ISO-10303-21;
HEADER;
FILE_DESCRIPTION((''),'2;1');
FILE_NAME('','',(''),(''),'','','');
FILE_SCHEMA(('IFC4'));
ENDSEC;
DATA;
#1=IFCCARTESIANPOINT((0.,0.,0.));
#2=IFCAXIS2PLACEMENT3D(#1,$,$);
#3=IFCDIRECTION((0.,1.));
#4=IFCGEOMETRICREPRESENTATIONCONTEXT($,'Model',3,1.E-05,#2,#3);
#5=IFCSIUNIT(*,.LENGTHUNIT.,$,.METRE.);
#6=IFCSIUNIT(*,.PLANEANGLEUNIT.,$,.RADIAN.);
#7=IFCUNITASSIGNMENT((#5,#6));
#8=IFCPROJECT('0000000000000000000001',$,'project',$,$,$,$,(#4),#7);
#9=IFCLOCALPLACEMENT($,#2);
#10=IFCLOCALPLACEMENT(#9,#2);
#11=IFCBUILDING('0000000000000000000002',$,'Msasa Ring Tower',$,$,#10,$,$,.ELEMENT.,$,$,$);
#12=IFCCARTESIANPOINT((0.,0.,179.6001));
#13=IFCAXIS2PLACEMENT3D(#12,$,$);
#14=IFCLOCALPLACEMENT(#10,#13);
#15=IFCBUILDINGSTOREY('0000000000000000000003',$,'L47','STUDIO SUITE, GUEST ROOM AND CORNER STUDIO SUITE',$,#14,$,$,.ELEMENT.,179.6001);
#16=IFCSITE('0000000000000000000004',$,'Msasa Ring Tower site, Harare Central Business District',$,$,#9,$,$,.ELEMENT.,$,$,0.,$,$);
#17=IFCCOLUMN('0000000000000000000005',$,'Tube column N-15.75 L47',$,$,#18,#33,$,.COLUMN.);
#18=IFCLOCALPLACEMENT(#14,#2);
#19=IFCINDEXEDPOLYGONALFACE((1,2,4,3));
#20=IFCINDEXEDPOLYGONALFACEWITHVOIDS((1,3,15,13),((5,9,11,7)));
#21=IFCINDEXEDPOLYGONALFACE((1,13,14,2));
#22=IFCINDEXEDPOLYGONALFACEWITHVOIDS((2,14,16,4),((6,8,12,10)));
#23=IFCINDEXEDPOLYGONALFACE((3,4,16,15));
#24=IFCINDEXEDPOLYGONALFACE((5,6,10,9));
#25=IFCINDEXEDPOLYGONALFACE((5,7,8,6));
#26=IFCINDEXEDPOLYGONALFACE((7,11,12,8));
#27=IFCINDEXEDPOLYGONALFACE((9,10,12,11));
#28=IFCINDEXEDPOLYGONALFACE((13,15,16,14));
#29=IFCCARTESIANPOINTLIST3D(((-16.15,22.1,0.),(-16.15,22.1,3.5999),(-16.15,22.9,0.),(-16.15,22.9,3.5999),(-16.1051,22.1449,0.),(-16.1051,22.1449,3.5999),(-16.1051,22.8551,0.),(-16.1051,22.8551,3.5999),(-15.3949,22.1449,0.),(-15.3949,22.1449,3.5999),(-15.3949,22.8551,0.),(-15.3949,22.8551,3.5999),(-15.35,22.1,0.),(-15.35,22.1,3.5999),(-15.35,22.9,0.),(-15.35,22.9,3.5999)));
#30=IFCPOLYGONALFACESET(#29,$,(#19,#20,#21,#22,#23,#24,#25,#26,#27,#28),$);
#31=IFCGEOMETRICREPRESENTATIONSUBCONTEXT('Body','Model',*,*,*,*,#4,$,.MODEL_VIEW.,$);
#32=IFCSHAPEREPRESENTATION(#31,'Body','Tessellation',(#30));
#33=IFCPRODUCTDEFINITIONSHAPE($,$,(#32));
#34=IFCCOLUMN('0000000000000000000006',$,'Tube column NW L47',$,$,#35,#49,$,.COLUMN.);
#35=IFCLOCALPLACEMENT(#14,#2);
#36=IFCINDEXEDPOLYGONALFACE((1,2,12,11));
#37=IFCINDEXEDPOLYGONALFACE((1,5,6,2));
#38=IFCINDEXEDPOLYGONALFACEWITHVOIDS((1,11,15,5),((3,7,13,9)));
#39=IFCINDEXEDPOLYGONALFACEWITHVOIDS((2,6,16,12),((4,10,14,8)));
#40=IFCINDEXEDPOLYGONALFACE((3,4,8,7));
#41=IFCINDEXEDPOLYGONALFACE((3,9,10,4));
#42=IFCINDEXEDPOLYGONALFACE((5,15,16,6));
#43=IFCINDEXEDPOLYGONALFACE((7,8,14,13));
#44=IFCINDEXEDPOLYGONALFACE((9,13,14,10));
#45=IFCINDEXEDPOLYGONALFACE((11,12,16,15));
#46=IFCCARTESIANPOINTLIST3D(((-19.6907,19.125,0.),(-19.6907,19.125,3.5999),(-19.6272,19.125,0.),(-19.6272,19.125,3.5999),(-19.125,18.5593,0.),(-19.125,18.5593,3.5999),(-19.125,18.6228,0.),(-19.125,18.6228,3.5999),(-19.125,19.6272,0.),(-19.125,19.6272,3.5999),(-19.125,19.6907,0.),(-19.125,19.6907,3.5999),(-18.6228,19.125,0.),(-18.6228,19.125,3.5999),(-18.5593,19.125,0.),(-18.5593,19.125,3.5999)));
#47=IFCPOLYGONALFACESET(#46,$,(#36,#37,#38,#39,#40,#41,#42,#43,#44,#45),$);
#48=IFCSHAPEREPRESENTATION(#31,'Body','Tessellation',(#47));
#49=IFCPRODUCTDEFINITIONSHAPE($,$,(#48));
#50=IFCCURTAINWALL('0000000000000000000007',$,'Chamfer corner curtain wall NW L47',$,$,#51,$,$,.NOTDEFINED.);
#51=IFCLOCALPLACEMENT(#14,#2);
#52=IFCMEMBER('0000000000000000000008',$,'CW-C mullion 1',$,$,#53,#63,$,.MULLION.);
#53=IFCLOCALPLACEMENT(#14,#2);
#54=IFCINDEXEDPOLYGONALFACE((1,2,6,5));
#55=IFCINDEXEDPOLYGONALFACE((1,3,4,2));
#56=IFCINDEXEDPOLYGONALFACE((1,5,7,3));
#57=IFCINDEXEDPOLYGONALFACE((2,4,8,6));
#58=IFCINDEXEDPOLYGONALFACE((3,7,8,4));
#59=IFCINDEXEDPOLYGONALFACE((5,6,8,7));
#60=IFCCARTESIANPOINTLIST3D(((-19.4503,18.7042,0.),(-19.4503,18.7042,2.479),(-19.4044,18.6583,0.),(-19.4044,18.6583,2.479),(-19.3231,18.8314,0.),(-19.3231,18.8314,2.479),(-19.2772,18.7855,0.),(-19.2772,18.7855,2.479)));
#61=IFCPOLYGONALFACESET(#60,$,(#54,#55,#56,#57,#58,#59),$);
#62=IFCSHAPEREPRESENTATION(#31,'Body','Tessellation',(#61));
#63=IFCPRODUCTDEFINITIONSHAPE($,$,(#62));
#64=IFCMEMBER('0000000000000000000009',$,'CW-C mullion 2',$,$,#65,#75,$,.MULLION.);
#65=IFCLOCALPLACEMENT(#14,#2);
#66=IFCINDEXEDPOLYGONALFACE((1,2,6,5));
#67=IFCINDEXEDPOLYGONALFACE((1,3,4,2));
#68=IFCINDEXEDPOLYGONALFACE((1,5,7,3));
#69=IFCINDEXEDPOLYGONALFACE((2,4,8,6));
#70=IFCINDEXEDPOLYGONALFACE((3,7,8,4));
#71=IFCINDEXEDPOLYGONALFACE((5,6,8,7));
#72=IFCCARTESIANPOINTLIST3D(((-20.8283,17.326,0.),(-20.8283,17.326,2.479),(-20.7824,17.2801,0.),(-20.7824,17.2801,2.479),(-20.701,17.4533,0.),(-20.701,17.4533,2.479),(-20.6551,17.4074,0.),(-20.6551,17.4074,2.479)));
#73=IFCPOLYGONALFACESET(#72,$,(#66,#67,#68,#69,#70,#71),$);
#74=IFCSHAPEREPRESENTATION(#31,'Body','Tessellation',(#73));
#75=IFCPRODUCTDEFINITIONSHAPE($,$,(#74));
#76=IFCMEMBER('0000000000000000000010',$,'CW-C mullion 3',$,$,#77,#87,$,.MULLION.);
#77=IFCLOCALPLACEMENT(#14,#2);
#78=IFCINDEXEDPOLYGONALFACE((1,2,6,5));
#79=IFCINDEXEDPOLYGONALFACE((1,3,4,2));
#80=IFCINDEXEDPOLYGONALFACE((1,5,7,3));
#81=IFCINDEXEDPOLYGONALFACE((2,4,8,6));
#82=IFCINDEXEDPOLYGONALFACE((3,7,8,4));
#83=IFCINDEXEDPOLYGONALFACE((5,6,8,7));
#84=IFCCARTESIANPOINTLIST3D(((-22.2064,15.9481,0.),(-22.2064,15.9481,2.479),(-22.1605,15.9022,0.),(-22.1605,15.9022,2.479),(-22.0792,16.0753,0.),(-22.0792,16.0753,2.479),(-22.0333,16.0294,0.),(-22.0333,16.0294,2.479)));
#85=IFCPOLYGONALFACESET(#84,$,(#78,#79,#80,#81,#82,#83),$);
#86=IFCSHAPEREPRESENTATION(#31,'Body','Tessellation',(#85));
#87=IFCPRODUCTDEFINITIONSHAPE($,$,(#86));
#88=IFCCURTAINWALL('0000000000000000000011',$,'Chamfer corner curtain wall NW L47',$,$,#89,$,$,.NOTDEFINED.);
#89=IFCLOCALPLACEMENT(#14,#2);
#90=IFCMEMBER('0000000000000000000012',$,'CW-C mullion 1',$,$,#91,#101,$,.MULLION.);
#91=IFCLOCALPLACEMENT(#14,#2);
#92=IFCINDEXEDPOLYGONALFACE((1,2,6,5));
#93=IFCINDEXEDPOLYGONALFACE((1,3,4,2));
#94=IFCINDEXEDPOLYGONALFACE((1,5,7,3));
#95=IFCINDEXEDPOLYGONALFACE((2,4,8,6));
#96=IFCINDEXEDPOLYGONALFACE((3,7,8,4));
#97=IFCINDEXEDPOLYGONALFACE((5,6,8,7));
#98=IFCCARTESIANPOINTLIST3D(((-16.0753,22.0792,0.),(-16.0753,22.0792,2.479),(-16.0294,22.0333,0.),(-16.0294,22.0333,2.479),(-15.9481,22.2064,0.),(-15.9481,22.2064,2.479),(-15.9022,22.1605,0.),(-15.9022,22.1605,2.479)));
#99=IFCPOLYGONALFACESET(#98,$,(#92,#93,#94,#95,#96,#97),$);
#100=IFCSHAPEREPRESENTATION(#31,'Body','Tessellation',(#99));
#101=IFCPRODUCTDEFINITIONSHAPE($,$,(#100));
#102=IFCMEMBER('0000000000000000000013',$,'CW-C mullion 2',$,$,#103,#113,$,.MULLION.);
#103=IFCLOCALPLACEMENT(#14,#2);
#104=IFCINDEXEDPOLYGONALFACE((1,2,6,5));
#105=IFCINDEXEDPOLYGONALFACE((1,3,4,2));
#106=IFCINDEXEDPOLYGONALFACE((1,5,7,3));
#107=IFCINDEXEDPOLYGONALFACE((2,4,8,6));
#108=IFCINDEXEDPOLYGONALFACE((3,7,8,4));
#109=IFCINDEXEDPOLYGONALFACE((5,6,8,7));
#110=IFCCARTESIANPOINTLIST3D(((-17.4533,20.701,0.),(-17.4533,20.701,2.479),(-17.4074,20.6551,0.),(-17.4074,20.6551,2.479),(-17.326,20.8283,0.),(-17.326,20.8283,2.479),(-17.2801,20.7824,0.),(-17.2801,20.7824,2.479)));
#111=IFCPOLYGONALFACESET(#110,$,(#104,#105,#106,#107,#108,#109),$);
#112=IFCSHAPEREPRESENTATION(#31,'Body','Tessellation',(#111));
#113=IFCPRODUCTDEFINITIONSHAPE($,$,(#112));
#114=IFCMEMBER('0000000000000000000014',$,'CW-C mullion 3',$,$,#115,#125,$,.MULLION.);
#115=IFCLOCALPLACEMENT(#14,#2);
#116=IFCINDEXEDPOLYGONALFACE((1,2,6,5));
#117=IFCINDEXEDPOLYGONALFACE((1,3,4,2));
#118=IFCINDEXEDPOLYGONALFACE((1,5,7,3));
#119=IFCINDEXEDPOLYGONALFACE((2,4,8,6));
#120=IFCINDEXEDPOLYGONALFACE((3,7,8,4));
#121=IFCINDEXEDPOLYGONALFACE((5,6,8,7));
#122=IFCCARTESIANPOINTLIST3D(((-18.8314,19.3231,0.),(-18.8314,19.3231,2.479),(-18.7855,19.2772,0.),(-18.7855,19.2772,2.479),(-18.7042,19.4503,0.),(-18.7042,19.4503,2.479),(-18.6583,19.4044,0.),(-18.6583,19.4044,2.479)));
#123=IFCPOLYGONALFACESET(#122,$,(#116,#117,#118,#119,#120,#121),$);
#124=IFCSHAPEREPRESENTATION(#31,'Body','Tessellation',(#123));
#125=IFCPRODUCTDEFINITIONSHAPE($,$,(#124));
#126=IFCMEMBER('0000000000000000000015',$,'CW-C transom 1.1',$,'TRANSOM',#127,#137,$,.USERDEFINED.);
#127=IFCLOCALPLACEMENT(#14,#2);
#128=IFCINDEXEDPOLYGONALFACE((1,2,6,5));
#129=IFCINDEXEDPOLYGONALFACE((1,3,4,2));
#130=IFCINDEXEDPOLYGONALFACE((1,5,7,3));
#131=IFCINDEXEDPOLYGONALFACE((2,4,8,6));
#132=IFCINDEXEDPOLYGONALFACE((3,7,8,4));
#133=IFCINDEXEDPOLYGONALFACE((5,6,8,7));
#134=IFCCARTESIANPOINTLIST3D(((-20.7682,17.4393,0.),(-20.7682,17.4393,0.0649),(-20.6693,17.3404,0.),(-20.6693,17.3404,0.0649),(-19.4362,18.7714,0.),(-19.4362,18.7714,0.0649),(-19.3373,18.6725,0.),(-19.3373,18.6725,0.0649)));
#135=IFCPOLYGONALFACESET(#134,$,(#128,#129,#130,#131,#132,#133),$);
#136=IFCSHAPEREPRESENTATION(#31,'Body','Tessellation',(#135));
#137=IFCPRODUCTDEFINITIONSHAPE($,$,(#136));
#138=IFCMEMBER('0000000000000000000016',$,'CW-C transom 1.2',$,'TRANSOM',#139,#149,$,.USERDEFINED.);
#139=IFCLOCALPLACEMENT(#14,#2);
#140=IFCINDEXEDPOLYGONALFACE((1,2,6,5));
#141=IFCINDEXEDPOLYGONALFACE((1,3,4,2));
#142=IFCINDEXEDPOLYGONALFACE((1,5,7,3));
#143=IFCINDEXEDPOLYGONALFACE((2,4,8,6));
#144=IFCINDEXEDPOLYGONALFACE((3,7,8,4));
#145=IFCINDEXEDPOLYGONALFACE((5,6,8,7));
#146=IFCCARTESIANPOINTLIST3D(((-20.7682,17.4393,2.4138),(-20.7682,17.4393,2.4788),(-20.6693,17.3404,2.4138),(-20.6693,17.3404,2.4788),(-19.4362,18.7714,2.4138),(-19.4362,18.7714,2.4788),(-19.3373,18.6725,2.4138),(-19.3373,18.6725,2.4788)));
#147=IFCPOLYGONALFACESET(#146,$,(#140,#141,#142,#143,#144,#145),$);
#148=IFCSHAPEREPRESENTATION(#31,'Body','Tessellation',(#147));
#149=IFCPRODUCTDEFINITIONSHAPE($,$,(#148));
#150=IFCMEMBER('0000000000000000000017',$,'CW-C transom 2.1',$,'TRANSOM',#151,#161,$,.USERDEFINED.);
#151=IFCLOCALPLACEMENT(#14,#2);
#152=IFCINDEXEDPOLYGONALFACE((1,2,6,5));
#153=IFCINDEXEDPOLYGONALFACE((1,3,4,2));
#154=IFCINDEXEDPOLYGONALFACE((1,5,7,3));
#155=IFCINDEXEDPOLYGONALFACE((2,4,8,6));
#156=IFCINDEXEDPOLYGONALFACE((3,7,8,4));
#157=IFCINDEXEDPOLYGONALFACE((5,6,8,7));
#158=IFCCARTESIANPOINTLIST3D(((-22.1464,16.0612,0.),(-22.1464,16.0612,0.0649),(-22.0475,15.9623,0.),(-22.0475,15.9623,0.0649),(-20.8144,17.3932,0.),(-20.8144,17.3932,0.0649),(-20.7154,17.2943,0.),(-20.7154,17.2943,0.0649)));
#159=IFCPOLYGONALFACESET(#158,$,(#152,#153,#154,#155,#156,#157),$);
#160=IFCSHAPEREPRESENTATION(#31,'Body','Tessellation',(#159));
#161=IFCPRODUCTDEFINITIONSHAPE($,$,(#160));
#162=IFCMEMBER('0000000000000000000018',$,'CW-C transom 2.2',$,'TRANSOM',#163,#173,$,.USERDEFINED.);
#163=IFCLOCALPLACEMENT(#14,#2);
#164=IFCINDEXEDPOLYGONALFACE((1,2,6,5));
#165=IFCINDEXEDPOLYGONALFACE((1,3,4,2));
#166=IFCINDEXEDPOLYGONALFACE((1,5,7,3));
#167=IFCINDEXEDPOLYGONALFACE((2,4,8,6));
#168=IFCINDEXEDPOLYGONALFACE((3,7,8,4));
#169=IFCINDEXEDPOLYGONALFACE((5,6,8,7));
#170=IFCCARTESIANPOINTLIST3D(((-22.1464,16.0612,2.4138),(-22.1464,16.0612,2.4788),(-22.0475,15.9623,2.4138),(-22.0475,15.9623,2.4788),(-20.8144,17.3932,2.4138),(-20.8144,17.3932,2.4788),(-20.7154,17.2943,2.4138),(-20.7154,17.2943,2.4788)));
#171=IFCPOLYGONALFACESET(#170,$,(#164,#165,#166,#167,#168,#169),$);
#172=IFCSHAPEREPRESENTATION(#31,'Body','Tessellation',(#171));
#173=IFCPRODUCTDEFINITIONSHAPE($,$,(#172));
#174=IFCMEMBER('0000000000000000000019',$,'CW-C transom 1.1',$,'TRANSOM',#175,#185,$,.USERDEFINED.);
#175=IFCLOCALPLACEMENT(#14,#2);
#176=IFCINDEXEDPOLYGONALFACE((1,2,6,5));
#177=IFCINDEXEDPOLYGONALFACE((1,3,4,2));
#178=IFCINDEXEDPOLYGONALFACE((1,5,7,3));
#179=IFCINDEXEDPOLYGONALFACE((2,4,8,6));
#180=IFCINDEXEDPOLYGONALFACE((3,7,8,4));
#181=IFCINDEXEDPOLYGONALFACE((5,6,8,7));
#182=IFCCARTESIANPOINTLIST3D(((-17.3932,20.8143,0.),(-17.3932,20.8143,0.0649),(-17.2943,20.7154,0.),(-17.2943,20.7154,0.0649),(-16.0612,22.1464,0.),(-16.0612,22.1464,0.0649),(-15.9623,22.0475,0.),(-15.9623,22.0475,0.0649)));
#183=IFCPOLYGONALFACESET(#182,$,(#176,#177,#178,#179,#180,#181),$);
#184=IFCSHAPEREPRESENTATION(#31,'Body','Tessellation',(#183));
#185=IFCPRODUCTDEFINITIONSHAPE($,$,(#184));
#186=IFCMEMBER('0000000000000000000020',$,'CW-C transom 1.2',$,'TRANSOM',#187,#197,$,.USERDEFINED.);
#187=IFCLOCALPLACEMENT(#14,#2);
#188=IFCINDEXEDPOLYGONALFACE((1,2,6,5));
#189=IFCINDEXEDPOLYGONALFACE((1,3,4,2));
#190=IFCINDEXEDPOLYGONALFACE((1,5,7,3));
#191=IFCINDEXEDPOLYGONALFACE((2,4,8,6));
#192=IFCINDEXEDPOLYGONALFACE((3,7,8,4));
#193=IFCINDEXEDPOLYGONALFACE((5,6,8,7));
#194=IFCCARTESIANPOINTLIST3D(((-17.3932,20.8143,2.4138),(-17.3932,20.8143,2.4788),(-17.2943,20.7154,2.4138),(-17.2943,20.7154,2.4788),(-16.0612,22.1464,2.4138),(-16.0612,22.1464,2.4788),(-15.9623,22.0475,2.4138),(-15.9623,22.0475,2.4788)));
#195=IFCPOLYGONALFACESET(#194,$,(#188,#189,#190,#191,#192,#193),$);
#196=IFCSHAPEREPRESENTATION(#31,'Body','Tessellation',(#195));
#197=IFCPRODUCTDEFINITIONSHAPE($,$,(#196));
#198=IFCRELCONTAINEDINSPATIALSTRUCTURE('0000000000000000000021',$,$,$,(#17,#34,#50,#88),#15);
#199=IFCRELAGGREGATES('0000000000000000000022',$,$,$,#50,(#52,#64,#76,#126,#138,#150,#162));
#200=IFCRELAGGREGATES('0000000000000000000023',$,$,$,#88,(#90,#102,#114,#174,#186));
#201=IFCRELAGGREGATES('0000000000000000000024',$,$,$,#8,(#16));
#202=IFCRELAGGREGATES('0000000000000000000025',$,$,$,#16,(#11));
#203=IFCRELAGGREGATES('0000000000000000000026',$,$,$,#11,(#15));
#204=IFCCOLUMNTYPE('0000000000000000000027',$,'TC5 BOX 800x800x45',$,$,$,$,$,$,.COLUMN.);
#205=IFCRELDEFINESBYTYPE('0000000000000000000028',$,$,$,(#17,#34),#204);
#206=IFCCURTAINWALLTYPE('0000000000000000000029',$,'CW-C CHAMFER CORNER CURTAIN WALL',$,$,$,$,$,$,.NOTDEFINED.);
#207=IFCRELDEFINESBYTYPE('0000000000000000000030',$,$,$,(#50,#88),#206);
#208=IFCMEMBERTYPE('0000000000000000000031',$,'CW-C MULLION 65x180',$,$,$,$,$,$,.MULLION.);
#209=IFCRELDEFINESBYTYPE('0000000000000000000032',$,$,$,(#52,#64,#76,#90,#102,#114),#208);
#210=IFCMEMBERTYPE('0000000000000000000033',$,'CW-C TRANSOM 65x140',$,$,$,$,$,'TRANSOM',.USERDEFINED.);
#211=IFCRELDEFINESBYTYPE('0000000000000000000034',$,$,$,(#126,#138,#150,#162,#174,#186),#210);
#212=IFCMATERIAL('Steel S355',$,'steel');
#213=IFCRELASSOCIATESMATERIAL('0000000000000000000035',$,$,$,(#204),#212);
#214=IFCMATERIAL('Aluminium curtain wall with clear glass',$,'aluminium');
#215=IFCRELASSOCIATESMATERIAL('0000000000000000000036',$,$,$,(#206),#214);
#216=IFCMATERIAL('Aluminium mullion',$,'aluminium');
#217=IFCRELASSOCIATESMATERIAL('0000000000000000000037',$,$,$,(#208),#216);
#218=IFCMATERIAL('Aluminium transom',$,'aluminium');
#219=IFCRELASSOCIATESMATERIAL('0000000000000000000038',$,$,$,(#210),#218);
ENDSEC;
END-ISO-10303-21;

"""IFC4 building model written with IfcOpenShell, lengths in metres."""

from ifc_helpers import new_model, si_unit, direction, frame, origin, origin_2d, place, context, subcontext, project, spatial, rectangle, hollow_rectangle, extrude, material, material_profile, profile_set, type_object, element, aggregate, save


model = new_model("IFC4")

# Units and contexts
model_context = context("Model", 3, precision=1e-05, world=origin(), true_north=direction((0.0, 1.0)))
body_context = subcontext(model_context, "Body", "Model", "MODEL_VIEW")
ifc_project = project(units=[si_unit("LENGTHUNIT", "METRE"), si_unit("PLANEANGLEUNIT", "RADIAN")], contexts=[model_context])

# Site, building, storey
site_placement = place(None, origin())
site = spatial("IfcSite", under=ifc_project, at=site_placement, Name="Msasa Ring Tower site, Harare Central Business District", CompositionType="ELEMENT", RefElevation=0.0)
building_placement = place(site_placement, origin())
building = spatial("IfcBuilding", under=site, at=building_placement, Name="Msasa Ring Tower", CompositionType="ELEMENT")
storey_placement = place(building_placement, frame((0.0, 0.0, 179.6001)))
storey = spatial("IfcBuildingStorey", under=building, at=storey_placement, Name="L47", Description="STUDIO SUITE, GUEST ROOM AND CORNER STUDIO SUITE", CompositionType="ELEMENT", Elevation=179.6001)

# Columns
ifc_material_1 = material(Name="Steel S355", Category="steel")
ifc_material_profile_1 = material_profile(ifc_material_1, hollow_rectangle(XDim=0.8, YDim=0.8, WallThickness=0.0449, at=origin_2d()), Name="BOX 800x800x45")
ifc_profile_set_1 = profile_set([ifc_material_profile_1], Name="Steel S355")
column_type = type_object("IfcColumnType", Name="TC5 BOX 800x800x45", PredefinedType="COLUMN", material=ifc_profile_set_1)
for number, where, z_axis, x_axis, name in (
    (1, (-15.75, 22.5, 0.0), (0.0, 0.0, 1.0), (0.0, 1.0, 0.0), "Tube column N-15.75 L47"),
    (2, (-19.125, 19.125, 0.0), (0.0, 0.0, 1.0), (0.707107, -0.707107, 0.0), "Tube column NW L47"),
):
    element("IfcColumn", number, at=place(storey_placement, frame(where, z_axis=z_axis, x_axis=x_axis)), inside=storey, type_object=column_type, Name=name, PredefinedType="COLUMN", context=body_context, shape_type="SweptSolid", body=[
        extrude(hollow_rectangle(XDim=0.8, YDim=0.8, WallThickness=0.0449, at=origin_2d()), origin(), (0.0, 0.0, 1.0), 3.5999),
    ])

# Curtain walls, members
ifc_material_2 = material(Name="Aluminium curtain wall with clear glass", Category="aluminium")
curtain_wall_type = type_object("IfcCurtainWallType", Name="CW-C CHAMFER CORNER CURTAIN WALL", PredefinedType="NOTDEFINED", material=ifc_material_2)
curtain_wall_1_placement = place(storey_placement, origin())
curtain_wall_1 = element("IfcCurtainWall", 3, at=curtain_wall_1_placement, inside=storey, type_object=curtain_wall_type, Name="Chamfer corner curtain wall NW L47", PredefinedType="NOTDEFINED")
ifc_material_3 = material(Name="Aluminium mullion", Category="aluminium")
ifc_material_profile_2 = material_profile(ifc_material_3, rectangle(XDim=0.0649, YDim=0.1799, at=origin_2d()), Name="AL 65x180")
ifc_profile_set_2 = profile_set([ifc_material_profile_2], Name="Aluminium mullion")
member_type_1 = type_object("IfcMemberType", Name="CW-C MULLION 65x180", PredefinedType="MULLION", material=ifc_profile_set_2)
member_1_placement = place(storey_placement, frame((-19.3638, 18.7449, 0.0), z_axis=(0.0, 0.0, 1.0), x_axis=(0.707107, -0.707107, 0.0)))
member_1 = element("IfcMember", 4, at=member_1_placement, type_object=member_type_1, Name="CW-C mullion 1", PredefinedType="MULLION", context=body_context, shape_type="SweptSolid", body=[
    extrude(rectangle(XDim=0.0649, YDim=0.1799, at=origin_2d()), origin(), (0.0, 0.0, 1.0), 2.479),
])
member_2_placement = place(storey_placement, frame((-20.7417, 17.3667, 0.0), z_axis=(0.0, 0.0, 1.0), x_axis=(0.707107, -0.707107, 0.0)))
member_2 = element("IfcMember", 5, at=member_2_placement, type_object=member_type_1, Name="CW-C mullion 2", PredefinedType="MULLION", context=body_context, shape_type="SweptSolid", body=[
    extrude(rectangle(XDim=0.0649, YDim=0.1799, at=origin_2d()), origin(), (0.0, 0.0, 1.0), 2.479),
])
member_3_placement = place(storey_placement, frame((-22.1199, 15.9888, 0.0), z_axis=(0.0, 0.0, 1.0), x_axis=(0.707107, -0.707107, 0.0)))
member_3 = element("IfcMember", 6, at=member_3_placement, type_object=member_type_1, Name="CW-C mullion 3", PredefinedType="MULLION", context=body_context, shape_type="SweptSolid", body=[
    extrude(rectangle(XDim=0.0649, YDim=0.1799, at=origin_2d()), origin(), (0.0, 0.0, 1.0), 2.479),
])
curtain_wall_2_placement = place(storey_placement, origin())
curtain_wall_2 = element("IfcCurtainWall", 7, at=curtain_wall_2_placement, inside=storey, type_object=curtain_wall_type, Name="Chamfer corner curtain wall NW L47", PredefinedType="NOTDEFINED")
member_4_placement = place(storey_placement, frame((-15.9888, 22.1199, 0.0), z_axis=(0.0, 0.0, 1.0), x_axis=(0.707107, -0.707107, 0.0)))
member_4 = element("IfcMember", 8, at=member_4_placement, type_object=member_type_1, Name="CW-C mullion 1", PredefinedType="MULLION", context=body_context, shape_type="SweptSolid", body=[
    extrude(rectangle(XDim=0.0649, YDim=0.1799, at=origin_2d()), origin(), (0.0, 0.0, 1.0), 2.479),
])
member_5_placement = place(storey_placement, frame((-17.3667, 20.7417, 0.0), z_axis=(0.0, 0.0, 1.0), x_axis=(0.707107, -0.707107, 0.0)))
member_5 = element("IfcMember", 9, at=member_5_placement, type_object=member_type_1, Name="CW-C mullion 2", PredefinedType="MULLION", context=body_context, shape_type="SweptSolid", body=[
    extrude(rectangle(XDim=0.0649, YDim=0.1799, at=origin_2d()), origin(), (0.0, 0.0, 1.0), 2.479),
])
member_6_placement = place(storey_placement, frame((-18.7449, 19.3638, 0.0), z_axis=(0.0, 0.0, 1.0), x_axis=(0.707107, -0.707107, 0.0)))
member_6 = element("IfcMember", 10, at=member_6_placement, type_object=member_type_1, Name="CW-C mullion 3", PredefinedType="MULLION", context=body_context, shape_type="SweptSolid", body=[
    extrude(rectangle(XDim=0.0649, YDim=0.1799, at=origin_2d()), origin(), (0.0, 0.0, 1.0), 2.479),
])

# Members
ifc_material_4 = material(Name="Aluminium transom", Category="aluminium")
ifc_material_profile_3 = material_profile(ifc_material_4, rectangle(XDim=0.1399, YDim=0.0649, at=origin_2d()), Name="AL 65x140")
ifc_profile_set_3 = profile_set([ifc_material_profile_3], Name="Aluminium transom")
member_type_2 = type_object("IfcMemberType", Name="CW-C TRANSOM 65x140", ElementType="TRANSOM", PredefinedType="USERDEFINED", material=ifc_profile_set_3)
member_7_placement = place(storey_placement, frame((-19.3867, 18.7219, 0.0325), z_axis=(-0.707107, -0.707107, 0.0), x_axis=(0.707107, -0.707107, 0.0)))
member_7 = element("IfcMember", 11, at=member_7_placement, type_object=member_type_2, Name="CW-C transom 1.1", ObjectType="TRANSOM", PredefinedType="USERDEFINED", context=body_context, shape_type="SweptSolid", body=[
    extrude(rectangle(XDim=0.1399, YDim=0.0649, at=origin_2d()), origin(), (0.0, 0.0, 1.0), 1.8838),
])
member_8_placement = place(storey_placement, frame((-19.3867, 18.7219, 2.4463), z_axis=(-0.707107, -0.707107, 0.0), x_axis=(0.707107, -0.707107, 0.0)))
member_8 = element("IfcMember", 12, at=member_8_placement, type_object=member_type_2, Name="CW-C transom 1.2", ObjectType="TRANSOM", PredefinedType="USERDEFINED", context=body_context, shape_type="SweptSolid", body=[
    extrude(rectangle(XDim=0.1399, YDim=0.0649, at=origin_2d()), origin(), (0.0, 0.0, 1.0), 1.8838),
])
member_9_placement = place(storey_placement, frame((-20.7649, 17.3438, 0.0325), z_axis=(-0.707107, -0.707107, 0.0), x_axis=(0.707107, -0.707107, 0.0)))
member_9 = element("IfcMember", 13, at=member_9_placement, type_object=member_type_2, Name="CW-C transom 2.1", ObjectType="TRANSOM", PredefinedType="USERDEFINED", context=body_context, shape_type="SweptSolid", body=[
    extrude(rectangle(XDim=0.1399, YDim=0.0649, at=origin_2d()), origin(), (0.0, 0.0, 1.0), 1.8838),
])
member_10_placement = place(storey_placement, frame((-20.7649, 17.3438, 2.4463), z_axis=(-0.707107, -0.707107, 0.0), x_axis=(0.707107, -0.707107, 0.0)))
member_10 = element("IfcMember", 14, at=member_10_placement, type_object=member_type_2, Name="CW-C transom 2.2", ObjectType="TRANSOM", PredefinedType="USERDEFINED", context=body_context, shape_type="SweptSolid", body=[
    extrude(rectangle(XDim=0.1399, YDim=0.0649, at=origin_2d()), origin(), (0.0, 0.0, 1.0), 1.8838),
])
member_11_placement = place(storey_placement, frame((-16.0117, 22.0969, 0.0325), z_axis=(-0.707107, -0.707107, 0.0), x_axis=(0.707107, -0.707107, 0.0)))
member_11 = element("IfcMember", 15, at=member_11_placement, type_object=member_type_2, Name="CW-C transom 1.1", ObjectType="TRANSOM", PredefinedType="USERDEFINED", context=body_context, shape_type="SweptSolid", body=[
    extrude(rectangle(XDim=0.1399, YDim=0.0649, at=origin_2d()), origin(), (0.0, 0.0, 1.0), 1.8838),
])
member_12_placement = place(storey_placement, frame((-16.0117, 22.0969, 2.4463), z_axis=(-0.707107, -0.707107, 0.0), x_axis=(0.707107, -0.707107, 0.0)))
member_12 = element("IfcMember", 16, at=member_12_placement, type_object=member_type_2, Name="CW-C transom 1.2", ObjectType="TRANSOM", PredefinedType="USERDEFINED", context=body_context, shape_type="SweptSolid", body=[
    extrude(rectangle(XDim=0.1399, YDim=0.0649, at=origin_2d()), origin(), (0.0, 0.0, 1.0), 1.8838),
])

aggregate(curtain_wall_1, [member_1, member_2, member_3, member_7, member_8, member_9, member_10])
aggregate(curtain_wall_2, [member_4, member_5, member_6, member_11, member_12])

save(model, "model.ifc")
